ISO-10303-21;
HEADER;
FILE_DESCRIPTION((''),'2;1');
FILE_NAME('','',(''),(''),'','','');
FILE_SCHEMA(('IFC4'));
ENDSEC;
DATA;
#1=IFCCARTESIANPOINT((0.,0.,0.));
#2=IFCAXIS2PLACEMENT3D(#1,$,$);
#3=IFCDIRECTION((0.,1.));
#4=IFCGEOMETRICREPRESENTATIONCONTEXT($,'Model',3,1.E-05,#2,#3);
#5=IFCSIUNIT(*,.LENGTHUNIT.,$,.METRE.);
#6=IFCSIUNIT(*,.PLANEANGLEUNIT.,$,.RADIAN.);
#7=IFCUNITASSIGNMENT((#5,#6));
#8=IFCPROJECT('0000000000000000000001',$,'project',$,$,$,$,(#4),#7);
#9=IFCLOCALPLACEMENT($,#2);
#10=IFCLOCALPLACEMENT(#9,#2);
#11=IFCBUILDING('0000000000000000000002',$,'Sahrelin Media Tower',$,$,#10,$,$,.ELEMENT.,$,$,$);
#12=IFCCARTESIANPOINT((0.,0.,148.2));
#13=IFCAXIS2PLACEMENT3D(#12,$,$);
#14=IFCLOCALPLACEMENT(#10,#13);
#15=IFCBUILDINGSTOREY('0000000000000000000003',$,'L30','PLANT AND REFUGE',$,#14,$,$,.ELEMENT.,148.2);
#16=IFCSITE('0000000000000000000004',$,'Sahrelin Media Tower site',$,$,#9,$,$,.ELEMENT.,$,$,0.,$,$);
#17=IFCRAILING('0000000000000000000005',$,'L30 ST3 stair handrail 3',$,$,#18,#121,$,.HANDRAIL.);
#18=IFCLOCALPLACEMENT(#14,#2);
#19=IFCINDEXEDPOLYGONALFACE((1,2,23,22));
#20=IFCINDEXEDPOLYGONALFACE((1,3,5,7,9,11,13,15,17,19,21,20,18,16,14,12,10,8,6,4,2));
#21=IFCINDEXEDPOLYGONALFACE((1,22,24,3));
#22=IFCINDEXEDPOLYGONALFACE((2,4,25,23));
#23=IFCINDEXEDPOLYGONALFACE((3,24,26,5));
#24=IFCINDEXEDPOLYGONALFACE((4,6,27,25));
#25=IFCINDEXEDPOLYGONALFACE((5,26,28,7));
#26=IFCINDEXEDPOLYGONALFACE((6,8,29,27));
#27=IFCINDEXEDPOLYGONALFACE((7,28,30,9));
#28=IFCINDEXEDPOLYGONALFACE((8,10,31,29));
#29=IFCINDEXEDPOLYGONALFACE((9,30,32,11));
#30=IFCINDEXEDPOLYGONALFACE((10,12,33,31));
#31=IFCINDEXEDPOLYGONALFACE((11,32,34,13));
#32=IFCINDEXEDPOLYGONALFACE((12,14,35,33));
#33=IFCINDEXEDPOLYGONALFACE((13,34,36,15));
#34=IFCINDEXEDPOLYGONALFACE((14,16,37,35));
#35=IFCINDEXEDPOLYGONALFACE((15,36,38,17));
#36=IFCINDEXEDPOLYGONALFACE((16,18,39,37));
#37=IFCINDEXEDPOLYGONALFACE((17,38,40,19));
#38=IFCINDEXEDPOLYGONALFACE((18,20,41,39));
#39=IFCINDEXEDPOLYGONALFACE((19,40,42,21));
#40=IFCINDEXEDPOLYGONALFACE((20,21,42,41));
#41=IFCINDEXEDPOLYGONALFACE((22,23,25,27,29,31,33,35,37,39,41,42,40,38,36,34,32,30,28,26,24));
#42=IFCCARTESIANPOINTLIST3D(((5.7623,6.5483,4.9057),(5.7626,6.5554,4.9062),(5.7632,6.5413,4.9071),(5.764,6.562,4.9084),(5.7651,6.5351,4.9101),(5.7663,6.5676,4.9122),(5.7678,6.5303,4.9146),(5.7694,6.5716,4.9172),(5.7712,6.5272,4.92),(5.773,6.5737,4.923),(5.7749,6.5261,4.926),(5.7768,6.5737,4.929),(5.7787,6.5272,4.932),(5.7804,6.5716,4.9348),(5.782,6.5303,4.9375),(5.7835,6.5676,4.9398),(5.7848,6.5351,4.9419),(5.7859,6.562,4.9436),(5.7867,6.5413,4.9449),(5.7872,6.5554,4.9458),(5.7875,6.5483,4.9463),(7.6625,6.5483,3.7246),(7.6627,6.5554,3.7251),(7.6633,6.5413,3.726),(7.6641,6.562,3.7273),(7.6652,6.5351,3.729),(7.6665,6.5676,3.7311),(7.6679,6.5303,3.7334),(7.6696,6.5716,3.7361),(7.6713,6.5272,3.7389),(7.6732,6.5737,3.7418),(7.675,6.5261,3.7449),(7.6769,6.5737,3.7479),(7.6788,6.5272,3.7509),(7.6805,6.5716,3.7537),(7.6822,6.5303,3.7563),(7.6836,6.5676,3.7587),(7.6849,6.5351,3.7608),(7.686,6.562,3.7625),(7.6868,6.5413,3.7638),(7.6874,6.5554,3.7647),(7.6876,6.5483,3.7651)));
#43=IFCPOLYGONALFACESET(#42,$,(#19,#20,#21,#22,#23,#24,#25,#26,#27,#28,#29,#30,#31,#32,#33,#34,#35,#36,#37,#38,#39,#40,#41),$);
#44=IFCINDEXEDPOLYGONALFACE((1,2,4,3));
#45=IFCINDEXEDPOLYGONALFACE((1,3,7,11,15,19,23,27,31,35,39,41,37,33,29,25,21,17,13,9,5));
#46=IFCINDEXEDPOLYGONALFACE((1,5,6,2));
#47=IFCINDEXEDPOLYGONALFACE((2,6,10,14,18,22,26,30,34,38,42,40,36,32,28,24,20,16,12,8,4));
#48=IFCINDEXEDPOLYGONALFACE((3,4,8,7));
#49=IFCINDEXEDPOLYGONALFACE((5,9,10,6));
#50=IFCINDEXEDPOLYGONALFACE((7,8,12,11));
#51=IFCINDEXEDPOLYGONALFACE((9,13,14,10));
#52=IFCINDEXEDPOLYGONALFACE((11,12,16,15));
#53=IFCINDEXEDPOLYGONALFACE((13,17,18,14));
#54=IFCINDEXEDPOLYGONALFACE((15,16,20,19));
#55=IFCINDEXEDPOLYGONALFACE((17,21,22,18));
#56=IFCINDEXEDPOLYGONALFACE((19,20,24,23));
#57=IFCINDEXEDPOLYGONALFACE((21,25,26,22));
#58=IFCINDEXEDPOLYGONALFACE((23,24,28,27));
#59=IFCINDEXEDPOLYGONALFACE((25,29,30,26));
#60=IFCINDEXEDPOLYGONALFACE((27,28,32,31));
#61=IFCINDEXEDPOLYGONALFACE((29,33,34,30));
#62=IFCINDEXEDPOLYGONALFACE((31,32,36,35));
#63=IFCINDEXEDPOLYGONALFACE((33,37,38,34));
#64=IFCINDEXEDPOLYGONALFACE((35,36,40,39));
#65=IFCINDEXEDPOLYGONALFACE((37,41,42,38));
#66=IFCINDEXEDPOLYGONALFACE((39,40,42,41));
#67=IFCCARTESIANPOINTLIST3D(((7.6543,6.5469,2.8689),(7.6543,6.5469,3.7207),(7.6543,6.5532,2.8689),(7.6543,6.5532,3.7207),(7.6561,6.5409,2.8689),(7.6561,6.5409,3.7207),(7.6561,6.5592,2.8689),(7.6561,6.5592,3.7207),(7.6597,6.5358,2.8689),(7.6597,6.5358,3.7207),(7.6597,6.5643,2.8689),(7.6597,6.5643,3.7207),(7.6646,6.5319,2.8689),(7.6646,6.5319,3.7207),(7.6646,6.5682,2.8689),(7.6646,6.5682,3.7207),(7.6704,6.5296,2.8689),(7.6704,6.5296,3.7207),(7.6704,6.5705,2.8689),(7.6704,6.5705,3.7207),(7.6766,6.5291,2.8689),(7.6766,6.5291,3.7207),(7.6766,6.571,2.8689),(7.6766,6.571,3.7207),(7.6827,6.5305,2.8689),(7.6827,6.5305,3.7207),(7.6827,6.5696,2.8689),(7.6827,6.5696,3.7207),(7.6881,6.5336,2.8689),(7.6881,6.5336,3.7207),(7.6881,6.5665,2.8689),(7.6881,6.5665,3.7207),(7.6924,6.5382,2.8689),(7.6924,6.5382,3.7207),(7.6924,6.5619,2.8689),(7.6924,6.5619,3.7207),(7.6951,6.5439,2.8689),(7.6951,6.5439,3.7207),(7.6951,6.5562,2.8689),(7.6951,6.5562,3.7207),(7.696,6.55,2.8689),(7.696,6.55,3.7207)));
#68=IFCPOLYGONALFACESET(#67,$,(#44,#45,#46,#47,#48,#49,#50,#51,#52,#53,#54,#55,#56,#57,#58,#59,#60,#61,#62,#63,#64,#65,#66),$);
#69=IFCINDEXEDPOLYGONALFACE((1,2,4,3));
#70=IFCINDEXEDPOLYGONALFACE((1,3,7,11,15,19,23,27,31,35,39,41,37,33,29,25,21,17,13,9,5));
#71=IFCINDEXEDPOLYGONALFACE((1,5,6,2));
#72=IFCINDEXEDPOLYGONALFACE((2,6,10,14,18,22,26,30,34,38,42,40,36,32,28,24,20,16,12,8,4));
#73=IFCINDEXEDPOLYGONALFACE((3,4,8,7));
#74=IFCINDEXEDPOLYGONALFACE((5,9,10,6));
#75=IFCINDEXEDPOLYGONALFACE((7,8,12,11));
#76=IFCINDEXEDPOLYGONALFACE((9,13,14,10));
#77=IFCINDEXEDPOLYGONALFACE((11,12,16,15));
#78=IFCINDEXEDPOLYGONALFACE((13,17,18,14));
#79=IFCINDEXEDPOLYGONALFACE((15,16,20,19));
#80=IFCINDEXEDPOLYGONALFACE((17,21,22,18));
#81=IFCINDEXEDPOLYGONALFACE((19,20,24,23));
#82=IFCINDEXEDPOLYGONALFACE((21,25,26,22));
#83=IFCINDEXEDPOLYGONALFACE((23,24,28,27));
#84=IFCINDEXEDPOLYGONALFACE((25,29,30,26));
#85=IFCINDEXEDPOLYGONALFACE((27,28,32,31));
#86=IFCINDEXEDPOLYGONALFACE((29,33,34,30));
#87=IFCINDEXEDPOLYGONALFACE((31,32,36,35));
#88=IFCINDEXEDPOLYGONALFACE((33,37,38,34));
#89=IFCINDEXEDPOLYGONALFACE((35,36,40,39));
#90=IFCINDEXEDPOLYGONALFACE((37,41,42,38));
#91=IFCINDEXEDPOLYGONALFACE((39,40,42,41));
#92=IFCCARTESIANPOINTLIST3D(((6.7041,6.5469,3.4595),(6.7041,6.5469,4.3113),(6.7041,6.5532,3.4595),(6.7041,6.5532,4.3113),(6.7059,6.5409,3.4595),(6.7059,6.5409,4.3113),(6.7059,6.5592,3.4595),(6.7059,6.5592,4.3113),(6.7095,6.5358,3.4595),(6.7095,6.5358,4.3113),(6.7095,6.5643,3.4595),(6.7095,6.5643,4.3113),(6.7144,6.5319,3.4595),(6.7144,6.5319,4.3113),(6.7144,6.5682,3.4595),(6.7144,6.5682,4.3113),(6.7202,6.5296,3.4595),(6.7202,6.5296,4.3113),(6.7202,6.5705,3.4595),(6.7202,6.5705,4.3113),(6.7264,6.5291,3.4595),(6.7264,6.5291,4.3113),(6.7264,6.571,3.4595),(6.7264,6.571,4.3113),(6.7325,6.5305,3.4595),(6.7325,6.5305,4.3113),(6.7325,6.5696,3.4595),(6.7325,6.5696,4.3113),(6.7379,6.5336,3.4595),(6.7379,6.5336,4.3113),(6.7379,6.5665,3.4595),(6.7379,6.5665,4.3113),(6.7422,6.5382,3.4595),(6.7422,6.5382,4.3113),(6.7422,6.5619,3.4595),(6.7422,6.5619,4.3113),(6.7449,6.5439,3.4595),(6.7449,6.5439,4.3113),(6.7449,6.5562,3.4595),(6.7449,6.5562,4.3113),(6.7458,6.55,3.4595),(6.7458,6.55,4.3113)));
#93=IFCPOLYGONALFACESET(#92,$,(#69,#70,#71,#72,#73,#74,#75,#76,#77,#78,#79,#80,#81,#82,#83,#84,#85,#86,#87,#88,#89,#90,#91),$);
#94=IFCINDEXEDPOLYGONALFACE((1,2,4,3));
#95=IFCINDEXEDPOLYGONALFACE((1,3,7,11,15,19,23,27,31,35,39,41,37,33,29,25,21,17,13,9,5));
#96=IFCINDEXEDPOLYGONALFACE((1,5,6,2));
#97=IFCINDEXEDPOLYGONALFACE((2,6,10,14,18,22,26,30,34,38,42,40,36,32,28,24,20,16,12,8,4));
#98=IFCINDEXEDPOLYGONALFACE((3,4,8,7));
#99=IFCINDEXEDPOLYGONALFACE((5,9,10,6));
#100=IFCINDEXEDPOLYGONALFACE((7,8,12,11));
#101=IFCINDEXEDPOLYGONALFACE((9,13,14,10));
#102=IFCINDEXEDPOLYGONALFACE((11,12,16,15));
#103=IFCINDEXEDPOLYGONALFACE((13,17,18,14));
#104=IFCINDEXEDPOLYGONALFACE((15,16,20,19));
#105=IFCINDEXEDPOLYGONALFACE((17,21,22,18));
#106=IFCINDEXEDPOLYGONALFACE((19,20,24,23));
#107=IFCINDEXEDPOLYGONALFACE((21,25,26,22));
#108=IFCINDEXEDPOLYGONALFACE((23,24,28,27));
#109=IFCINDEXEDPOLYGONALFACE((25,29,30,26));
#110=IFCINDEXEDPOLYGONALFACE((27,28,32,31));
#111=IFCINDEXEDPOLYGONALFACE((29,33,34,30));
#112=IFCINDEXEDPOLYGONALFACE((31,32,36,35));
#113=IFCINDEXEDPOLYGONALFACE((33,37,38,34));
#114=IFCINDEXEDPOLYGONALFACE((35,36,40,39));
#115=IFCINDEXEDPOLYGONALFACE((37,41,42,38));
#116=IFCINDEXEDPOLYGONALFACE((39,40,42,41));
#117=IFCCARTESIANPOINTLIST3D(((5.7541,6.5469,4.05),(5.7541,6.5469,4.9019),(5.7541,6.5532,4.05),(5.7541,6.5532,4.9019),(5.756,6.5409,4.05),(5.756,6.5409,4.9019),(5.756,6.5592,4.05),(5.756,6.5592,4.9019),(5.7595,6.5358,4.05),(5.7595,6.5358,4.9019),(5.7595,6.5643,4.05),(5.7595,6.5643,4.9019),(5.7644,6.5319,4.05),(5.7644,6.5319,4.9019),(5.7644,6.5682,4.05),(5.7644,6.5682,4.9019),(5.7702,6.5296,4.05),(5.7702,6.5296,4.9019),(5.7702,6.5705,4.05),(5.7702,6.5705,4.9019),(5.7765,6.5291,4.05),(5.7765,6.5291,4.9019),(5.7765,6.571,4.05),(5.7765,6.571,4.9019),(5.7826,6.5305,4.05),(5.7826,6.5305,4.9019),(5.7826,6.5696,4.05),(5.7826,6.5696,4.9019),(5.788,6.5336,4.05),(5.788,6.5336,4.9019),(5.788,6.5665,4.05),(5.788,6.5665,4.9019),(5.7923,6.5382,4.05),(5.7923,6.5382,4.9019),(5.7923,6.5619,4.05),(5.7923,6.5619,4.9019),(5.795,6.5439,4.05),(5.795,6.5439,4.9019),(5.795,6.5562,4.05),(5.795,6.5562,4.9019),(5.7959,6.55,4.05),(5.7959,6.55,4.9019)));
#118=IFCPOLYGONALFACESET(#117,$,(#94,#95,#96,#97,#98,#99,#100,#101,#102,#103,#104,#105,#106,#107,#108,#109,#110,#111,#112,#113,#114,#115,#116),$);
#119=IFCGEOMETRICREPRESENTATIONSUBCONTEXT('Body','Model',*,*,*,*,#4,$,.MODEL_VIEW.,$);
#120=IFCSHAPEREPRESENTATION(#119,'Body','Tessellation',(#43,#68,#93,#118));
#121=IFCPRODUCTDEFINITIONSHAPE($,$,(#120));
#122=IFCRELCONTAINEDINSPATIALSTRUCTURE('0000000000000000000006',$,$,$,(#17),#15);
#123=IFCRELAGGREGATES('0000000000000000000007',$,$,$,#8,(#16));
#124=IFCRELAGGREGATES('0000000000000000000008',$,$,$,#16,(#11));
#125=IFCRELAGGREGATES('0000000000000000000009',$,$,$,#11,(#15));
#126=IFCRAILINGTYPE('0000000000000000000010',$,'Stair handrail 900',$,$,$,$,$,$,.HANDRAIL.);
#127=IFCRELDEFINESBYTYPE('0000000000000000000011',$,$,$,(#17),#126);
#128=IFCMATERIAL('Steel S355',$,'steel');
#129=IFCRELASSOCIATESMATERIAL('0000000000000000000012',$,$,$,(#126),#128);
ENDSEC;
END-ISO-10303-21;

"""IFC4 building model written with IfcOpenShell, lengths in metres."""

from ifc_helpers import new_model, si_unit, direction, frame, origin, origin_2d, place, context, subcontext, project, spatial, circle, extrude, material, type_object, element, save


model = new_model("IFC4")

# Units and contexts
model_context = context("Model", 3, precision=1e-05, world=origin(), true_north=direction((0.0, 1.0)))
body_context = subcontext(model_context, "Body", "Model", "MODEL_VIEW")
ifc_project = project(units=[si_unit("LENGTHUNIT", "METRE"), si_unit("PLANEANGLEUNIT", "RADIAN")], contexts=[model_context])

# Site, building, storey
site_placement = place(None, origin())
site = spatial("IfcSite", under=ifc_project, at=site_placement, Name="Sahrelin Media Tower site", CompositionType="ELEMENT", RefElevation=0.0)
building_placement = place(site_placement, origin())
building = spatial("IfcBuilding", under=site, at=building_placement, Name="Sahrelin Media Tower", CompositionType="ELEMENT")
storey_placement = place(building_placement, frame((0.0, 0.0, 148.2)))
storey = spatial("IfcBuildingStorey", under=building, at=storey_placement, Name="L30", Description="PLANT AND REFUGE", CompositionType="ELEMENT", Elevation=148.2)

# Shared definitions
ifc_material_1 = material(Name="Steel S355", Category="steel")

# Railing
railing_type_1 = type_object("IfcRailingType", Name="Stair handrail 900", PredefinedType="HANDRAIL", material=ifc_material_1)
railing_1_placement = place(storey_placement, frame((7.675, 6.55, 2.8689)))
element("IfcRailing", 1, at=railing_1_placement, inside=storey, type_object=railing_type_1, Name="L30 ST3 stair handrail 3", PredefinedType="HANDRAIL", context=body_context, shape_type="SweptSolid", body=[
    extrude(circle(Radius=0.0239, at=origin_2d()), frame((0.0, 0.0, 0.876), z_axis=(-0.849289, 0.0, 0.527928), x_axis=(0.0, -1.0, 0.0)), (0.0, 0.0, 1.0), 2.2373),
    extrude(circle(Radius=0.021, at=origin_2d()), origin(), (0.0, 0.0, 1.0), 0.8518),
    extrude(circle(Radius=0.021, at=origin_2d()), frame((-0.9502, 0.0, 0.5906)), (0.0, 0.0, 1.0), 0.8518),
    extrude(circle(Radius=0.021, at=origin_2d()), frame((-1.9001, 0.0, 1.1812)), (0.0, 0.0, 1.0), 0.8518),
])

save(model, "model.ifc")
